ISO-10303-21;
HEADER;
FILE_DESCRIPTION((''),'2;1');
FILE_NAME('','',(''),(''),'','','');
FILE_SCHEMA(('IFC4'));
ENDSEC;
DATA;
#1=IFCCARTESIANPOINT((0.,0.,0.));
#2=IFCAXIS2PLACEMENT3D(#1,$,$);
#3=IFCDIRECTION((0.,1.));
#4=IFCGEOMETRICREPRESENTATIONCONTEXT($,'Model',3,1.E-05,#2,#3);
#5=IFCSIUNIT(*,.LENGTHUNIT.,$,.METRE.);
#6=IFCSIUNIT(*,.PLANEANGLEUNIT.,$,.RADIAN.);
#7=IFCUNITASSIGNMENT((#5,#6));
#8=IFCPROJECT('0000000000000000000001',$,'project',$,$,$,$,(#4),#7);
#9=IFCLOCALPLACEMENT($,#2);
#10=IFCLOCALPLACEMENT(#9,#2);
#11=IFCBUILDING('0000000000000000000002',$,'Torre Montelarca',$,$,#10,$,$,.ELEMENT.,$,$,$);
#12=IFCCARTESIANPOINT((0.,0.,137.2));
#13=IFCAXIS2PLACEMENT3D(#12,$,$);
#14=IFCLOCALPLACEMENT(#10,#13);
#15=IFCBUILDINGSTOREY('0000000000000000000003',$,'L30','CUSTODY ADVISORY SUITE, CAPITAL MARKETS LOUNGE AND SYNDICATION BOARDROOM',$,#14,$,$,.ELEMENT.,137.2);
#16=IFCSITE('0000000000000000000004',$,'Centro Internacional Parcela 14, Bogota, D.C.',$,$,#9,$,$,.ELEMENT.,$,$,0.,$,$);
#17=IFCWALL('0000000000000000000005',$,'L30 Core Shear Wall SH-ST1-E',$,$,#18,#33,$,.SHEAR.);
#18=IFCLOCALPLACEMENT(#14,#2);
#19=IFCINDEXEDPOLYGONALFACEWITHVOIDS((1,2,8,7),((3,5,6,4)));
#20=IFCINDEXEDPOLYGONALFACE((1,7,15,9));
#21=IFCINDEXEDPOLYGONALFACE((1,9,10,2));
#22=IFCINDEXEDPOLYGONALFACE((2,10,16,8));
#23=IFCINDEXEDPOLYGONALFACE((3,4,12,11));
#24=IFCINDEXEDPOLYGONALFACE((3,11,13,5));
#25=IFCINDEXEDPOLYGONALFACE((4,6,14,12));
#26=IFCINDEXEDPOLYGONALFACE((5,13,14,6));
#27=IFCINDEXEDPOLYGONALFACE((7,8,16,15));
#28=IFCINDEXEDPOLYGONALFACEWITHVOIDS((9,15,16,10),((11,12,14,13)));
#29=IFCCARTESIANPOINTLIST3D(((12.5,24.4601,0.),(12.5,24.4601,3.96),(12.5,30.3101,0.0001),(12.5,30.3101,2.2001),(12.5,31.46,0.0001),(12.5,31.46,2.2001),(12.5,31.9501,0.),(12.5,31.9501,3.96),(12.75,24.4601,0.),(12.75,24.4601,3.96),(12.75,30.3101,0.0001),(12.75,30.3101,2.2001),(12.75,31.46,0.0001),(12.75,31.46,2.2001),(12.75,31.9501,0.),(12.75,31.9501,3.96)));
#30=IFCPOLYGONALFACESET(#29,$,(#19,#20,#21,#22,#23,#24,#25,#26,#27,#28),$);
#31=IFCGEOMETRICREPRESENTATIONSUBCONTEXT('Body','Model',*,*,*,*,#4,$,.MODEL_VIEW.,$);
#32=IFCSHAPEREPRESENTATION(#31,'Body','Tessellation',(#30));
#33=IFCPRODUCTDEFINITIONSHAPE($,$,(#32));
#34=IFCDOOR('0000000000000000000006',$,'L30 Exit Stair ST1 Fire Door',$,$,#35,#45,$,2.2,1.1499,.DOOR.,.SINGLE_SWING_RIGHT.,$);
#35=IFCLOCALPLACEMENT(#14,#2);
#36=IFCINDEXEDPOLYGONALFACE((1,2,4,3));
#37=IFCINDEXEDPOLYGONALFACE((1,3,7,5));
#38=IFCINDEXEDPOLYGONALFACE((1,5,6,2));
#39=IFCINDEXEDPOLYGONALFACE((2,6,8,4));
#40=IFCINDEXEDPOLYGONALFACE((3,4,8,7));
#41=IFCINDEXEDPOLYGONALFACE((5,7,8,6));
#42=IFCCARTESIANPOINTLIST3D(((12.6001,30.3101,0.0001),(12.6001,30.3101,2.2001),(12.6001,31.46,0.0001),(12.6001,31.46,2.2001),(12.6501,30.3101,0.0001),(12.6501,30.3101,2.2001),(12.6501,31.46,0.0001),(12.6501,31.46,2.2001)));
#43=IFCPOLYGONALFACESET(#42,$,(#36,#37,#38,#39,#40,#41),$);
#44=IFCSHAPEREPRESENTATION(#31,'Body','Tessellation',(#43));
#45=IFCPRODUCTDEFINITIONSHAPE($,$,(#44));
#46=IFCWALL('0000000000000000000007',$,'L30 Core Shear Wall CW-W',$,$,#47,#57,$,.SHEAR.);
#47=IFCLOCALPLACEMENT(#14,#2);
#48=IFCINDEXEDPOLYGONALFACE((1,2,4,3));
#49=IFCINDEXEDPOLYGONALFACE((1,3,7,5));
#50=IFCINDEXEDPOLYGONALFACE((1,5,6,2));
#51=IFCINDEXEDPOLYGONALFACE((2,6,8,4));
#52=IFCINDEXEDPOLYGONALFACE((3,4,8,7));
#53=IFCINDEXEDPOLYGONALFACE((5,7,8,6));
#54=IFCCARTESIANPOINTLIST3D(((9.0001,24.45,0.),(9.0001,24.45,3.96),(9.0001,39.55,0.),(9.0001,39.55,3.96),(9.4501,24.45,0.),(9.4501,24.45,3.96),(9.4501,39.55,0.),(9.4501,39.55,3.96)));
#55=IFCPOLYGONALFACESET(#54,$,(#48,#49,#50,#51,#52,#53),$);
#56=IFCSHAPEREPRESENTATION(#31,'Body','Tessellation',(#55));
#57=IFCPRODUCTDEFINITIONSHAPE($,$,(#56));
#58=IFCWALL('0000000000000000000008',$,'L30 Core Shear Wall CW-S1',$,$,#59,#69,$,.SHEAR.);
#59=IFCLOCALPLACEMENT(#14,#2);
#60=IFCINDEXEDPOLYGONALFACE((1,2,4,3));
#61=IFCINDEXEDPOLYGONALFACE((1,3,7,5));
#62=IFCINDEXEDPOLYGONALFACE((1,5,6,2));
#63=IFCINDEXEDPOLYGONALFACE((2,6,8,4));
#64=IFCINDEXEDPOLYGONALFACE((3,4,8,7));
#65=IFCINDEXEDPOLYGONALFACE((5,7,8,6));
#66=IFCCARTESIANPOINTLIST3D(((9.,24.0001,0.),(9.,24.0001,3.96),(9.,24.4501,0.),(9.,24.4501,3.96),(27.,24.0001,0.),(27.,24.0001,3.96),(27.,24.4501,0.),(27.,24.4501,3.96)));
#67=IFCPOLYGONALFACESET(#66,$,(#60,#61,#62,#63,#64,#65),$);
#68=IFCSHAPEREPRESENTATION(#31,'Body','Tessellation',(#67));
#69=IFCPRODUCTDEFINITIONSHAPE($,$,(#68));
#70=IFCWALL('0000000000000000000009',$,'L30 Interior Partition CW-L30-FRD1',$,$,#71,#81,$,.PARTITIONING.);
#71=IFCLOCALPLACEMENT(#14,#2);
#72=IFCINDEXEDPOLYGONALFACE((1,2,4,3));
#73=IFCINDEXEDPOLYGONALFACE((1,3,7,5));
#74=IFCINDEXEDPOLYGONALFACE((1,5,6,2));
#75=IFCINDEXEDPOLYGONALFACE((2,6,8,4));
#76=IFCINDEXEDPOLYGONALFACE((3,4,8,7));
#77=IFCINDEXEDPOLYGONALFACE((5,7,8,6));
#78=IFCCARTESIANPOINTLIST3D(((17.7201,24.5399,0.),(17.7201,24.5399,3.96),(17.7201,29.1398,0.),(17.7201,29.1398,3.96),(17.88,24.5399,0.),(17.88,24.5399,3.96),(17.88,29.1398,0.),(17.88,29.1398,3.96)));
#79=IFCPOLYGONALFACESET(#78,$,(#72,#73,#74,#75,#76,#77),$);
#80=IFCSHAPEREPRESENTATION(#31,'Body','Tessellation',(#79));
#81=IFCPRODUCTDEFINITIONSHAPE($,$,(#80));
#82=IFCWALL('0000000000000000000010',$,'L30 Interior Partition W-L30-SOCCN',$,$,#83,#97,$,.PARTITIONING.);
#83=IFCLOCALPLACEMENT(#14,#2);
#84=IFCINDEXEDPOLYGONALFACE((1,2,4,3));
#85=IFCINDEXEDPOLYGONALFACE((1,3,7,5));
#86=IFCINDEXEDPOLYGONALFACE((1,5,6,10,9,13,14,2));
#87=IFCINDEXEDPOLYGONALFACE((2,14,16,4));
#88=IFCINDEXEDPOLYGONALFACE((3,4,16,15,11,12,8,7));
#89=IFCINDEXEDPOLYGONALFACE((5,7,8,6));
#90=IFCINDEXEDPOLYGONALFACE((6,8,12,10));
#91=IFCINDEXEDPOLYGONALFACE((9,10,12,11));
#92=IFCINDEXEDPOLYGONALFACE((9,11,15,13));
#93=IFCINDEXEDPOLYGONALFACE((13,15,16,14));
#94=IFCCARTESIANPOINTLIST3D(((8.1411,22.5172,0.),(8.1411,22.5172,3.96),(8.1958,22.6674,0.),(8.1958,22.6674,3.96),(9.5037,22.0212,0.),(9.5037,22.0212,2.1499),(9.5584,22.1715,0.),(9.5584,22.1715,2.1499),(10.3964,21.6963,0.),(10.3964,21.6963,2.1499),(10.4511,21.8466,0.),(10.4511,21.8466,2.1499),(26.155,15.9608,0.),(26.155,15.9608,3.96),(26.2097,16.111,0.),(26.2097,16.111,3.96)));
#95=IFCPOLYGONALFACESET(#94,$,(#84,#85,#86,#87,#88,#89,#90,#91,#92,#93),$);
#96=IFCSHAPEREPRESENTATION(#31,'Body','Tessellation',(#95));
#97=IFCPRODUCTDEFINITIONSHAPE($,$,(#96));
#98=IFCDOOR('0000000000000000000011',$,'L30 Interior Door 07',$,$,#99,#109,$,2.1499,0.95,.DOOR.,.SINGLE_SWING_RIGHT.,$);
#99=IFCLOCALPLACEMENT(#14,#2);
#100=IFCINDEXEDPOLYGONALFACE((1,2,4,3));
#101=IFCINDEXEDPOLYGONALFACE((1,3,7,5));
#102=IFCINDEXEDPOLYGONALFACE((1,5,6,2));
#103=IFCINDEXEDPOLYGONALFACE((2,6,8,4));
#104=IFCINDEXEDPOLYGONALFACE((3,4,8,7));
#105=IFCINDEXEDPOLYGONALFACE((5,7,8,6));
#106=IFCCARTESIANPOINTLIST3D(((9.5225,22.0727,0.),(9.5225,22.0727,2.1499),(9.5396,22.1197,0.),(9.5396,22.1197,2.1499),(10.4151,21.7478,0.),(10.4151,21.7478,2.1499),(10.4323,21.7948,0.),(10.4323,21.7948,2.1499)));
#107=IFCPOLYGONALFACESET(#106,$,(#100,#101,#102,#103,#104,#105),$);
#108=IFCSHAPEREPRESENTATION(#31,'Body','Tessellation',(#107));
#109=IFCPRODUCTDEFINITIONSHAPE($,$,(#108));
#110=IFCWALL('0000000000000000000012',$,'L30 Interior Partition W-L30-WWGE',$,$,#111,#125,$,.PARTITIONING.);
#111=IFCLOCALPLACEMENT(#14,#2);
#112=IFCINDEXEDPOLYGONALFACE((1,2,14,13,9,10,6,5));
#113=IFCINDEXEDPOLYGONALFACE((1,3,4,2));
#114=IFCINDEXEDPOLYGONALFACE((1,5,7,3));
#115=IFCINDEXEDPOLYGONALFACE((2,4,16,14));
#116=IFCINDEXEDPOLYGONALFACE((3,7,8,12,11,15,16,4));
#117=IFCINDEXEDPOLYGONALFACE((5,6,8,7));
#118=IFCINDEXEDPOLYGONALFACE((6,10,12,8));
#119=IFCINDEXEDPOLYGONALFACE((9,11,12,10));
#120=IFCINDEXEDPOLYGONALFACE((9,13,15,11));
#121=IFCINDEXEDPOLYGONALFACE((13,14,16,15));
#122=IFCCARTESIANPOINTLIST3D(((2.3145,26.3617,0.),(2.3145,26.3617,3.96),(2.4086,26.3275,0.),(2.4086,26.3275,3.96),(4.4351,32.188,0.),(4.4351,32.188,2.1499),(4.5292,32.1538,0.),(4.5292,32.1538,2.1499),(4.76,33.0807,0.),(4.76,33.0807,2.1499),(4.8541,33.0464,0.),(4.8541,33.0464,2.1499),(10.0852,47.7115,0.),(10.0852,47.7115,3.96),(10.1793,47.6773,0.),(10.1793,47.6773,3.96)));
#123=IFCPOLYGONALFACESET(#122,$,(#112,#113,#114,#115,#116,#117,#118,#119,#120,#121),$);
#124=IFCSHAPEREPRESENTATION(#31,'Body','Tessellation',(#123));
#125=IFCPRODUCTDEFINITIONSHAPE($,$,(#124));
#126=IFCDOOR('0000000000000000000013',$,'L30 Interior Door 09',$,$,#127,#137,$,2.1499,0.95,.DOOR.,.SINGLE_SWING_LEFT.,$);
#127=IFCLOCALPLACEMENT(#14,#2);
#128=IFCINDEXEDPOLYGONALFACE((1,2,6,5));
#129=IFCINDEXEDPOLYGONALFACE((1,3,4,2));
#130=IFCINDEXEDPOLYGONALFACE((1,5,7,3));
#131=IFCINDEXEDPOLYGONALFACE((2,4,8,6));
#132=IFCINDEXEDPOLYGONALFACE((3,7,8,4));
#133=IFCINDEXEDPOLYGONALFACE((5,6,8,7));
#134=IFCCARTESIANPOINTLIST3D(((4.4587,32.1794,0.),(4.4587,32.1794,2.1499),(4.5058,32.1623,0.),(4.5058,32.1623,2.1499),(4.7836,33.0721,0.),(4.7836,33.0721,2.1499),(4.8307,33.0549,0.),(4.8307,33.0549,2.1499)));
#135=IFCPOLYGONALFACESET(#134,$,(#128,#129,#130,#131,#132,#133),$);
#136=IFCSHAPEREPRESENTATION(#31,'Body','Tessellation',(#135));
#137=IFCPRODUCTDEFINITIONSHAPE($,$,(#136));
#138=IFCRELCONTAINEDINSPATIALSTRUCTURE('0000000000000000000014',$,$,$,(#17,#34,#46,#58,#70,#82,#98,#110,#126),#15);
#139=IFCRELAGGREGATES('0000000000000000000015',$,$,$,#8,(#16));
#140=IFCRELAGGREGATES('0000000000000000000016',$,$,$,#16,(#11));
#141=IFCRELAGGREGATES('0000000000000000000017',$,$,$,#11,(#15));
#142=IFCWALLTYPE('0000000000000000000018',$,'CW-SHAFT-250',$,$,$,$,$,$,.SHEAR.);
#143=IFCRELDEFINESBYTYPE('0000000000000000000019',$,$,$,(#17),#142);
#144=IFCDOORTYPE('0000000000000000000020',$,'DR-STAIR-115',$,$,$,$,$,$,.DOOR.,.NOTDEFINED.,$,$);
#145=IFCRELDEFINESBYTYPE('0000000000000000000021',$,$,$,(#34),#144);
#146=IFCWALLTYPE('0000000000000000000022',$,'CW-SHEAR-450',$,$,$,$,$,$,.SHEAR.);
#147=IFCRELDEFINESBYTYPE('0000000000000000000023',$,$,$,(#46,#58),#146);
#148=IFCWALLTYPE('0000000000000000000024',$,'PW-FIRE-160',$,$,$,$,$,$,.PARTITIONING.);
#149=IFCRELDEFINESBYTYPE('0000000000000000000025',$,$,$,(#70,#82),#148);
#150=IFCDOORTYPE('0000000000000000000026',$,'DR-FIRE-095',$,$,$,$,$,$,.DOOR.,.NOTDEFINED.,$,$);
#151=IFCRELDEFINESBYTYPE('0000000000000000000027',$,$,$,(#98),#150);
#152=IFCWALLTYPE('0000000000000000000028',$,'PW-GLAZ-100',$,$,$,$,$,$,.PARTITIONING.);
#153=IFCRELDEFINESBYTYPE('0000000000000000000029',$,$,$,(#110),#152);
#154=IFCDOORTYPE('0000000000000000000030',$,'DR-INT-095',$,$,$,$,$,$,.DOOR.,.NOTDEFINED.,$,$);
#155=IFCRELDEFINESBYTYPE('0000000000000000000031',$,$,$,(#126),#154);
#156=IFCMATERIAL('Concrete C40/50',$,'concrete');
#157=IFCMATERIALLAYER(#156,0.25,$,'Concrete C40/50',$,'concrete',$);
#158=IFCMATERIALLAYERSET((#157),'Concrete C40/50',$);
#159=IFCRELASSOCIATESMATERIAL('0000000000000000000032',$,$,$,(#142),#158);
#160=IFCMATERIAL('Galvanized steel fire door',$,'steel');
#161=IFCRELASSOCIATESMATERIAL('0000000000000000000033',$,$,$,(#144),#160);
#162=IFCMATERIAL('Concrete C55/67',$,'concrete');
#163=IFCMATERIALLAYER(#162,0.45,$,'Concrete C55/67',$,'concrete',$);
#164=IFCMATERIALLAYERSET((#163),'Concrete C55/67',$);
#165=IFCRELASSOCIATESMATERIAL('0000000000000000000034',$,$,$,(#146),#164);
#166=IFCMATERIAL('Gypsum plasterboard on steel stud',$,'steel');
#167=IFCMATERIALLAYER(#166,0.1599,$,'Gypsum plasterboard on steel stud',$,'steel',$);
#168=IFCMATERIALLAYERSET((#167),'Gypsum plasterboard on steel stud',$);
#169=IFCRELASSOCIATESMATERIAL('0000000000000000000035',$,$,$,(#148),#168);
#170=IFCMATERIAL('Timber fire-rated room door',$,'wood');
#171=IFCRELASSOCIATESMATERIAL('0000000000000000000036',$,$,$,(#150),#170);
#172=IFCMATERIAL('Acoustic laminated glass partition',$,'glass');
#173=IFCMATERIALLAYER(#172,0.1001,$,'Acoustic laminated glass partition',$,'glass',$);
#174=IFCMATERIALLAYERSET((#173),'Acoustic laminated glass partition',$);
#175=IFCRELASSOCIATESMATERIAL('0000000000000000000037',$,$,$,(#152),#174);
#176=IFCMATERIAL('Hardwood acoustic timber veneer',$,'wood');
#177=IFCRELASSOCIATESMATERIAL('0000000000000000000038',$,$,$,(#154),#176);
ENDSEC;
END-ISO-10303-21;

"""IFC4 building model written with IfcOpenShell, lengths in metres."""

from ifc_helpers import new_model, si_unit, direction, frame, frame_2d, origin, place, context, subcontext, project, spatial, rectangle, extrude, source, transform, mapped, material, layer, layer_set, type_object, element, fill, save


model = new_model("IFC4")

# Units and contexts
model_context = context("Model", 3, precision=1e-05, world=origin(), true_north=direction((0.0, 1.0)))
body_context = subcontext(model_context, "Body", "Model", "MODEL_VIEW")
ifc_project = project(units=[si_unit("LENGTHUNIT", "METRE"), si_unit("PLANEANGLEUNIT", "RADIAN")], contexts=[model_context])

# Site, building, storey
site_placement = place(None, origin())
site = spatial("IfcSite", under=ifc_project, at=site_placement, Name="Centro Internacional Parcela 14, Bogota, D.C.", CompositionType="ELEMENT", RefElevation=0.0)
building_placement = place(site_placement, origin())
building = spatial("IfcBuilding", under=site, at=building_placement, Name="Torre Montelarca", CompositionType="ELEMENT")
storey_placement = place(building_placement, frame((0.0, 0.0, 137.2)))
storey = spatial("IfcBuildingStorey", under=building, at=storey_placement, Name="L30", Description="CUSTODY ADVISORY SUITE, CAPITAL MARKETS LOUNGE AND SYNDICATION BOARDROOM", CompositionType="ELEMENT", Elevation=137.2)

# Shared definitions
ifc_material_1 = material(Name="Concrete C55/67", Category="concrete")

# Wall, opening, door
ifc_material_2 = material(Name="Concrete C40/50", Category="concrete")
ifc_layer_1 = layer(ifc_material_2, 0.25, Name="Concrete C40/50", Category="concrete")
ifc_layer_set_1 = layer_set([ifc_layer_1], Name="Concrete C40/50")
wall_type_1 = type_object("IfcWallType", Name="CW-SHAFT-250", PredefinedType="SHEAR", material=ifc_layer_set_1)
wall_1_placement = place(storey_placement, frame((12.625, 24.46, 0.0), z_axis=(0.0, 0.0, 1.0), x_axis=(0.0, 1.0, 0.0)))
wall_1 = element("IfcWall", 1, at=wall_1_placement, inside=storey, type_object=wall_type_1, Name="L30 Core Shear Wall SH-ST1-E", PredefinedType="SHEAR", context=body_context, shape_type="SweptSolid", body=[
    extrude(rectangle(XDim=7.49, YDim=0.25, at=frame_2d((3.7451, 0.0))), origin(), (0.0, 0.0, 1.0), 3.96),
])
opening_1_placement = place(wall_1_placement, frame((5.8501, 0.0, 0.0)))
opening_1 = element("IfcOpeningElement", 2, at=opening_1_placement, cuts=wall_1, PredefinedType="OPENING", context=body_context, shape_type="SweptSolid", body=[
    extrude(rectangle(XDim=1.1499, YDim=2.2, at=frame_2d((0.575, 1.1001))), frame((0.0, 0.135, 0.0), z_axis=(0.0, -1.0, 0.0), x_axis=(1.0, 0.0, 0.0)), (0.0, 0.0, 1.0), 0.27),
])
ifc_material_3 = material(Name="Galvanized steel fire door", Category="steel")
door_type_1 = type_object("IfcDoorType", Name="DR-STAIR-115", OperationType="NOTDEFINED", PredefinedType="DOOR", material=ifc_material_3)
shared_shape_1 = source(origin(), body_context, "Body", "SweptSolid", [
    extrude(rectangle(XDim=1.1499, YDim=2.2, at=frame_2d((0.575, 1.1001))), frame((0.0, 0.0249, 0.0), z_axis=(0.0, -1.0, 0.0), x_axis=(1.0, 0.0, 0.0)), (0.0, 0.0, 1.0), 0.05),
])
door_1_placement = place(opening_1_placement, origin())
door_1 = element("IfcDoor", 3, at=door_1_placement, inside=storey, type_object=door_type_1, Name="L30 Exit Stair ST1 Fire Door", OperationType="SINGLE_SWING_RIGHT", OverallHeight=2.2, OverallWidth=1.1499, PredefinedType="DOOR", context=body_context, shape_type="MappedRepresentation", body=[
    mapped(shared_shape_1, transform((0.0, 0.0, 0.0), scale=1.0)),
])
fill(opening_1, door_1)

# Walls
ifc_layer_2 = layer(ifc_material_1, 0.45, Name="Concrete C55/67", Category="concrete")
ifc_layer_set_2 = layer_set([ifc_layer_2], Name="Concrete C55/67")
wall_type_2 = type_object("IfcWallType", Name="CW-SHEAR-450", PredefinedType="SHEAR", material=ifc_layer_set_2)
wall_2_placement = place(storey_placement, frame((9.2251, 24.45, 0.0), z_axis=(0.0, 0.0, 1.0), x_axis=(0.0, 1.0, 0.0)))
element("IfcWall", 4, at=wall_2_placement, inside=storey, type_object=wall_type_2, Name="L30 Core Shear Wall CW-W", PredefinedType="SHEAR", context=body_context, shape_type="SweptSolid", body=[
    extrude(rectangle(XDim=15.1001, YDim=0.45, at=frame_2d((7.55, 0.0))), origin(), (0.0, 0.0, 1.0), 3.96),
])
wall_3_placement = place(storey_placement, frame((9.0, 24.2251, 0.0), z_axis=(0.0, 0.0, 1.0), x_axis=(1.0, 0.0, 0.0)))
element("IfcWall", 5, at=wall_3_placement, inside=storey, type_object=wall_type_2, Name="L30 Core Shear Wall CW-S1", PredefinedType="SHEAR", context=body_context, shape_type="SweptSolid", body=[
    extrude(rectangle(XDim=18.0, YDim=0.45, at=frame_2d((9.0, 0.0))), origin(), (0.0, 0.0, 1.0), 3.96),
])
ifc_material_4 = material(Name="Gypsum plasterboard on steel stud", Category="steel")
ifc_layer_3 = layer(ifc_material_4, 0.1599, Name="Gypsum plasterboard on steel stud", Category="steel")
ifc_layer_set_3 = layer_set([ifc_layer_3], Name="Gypsum plasterboard on steel stud")
wall_type_3 = type_object("IfcWallType", Name="PW-FIRE-160", PredefinedType="PARTITIONING", material=ifc_layer_set_3)
wall_4_placement = place(storey_placement, frame((17.8, 24.54, 0.0), z_axis=(0.0, 0.0, 1.0), x_axis=(0.0, 1.0, 0.0)))
element("IfcWall", 6, at=wall_4_placement, inside=storey, type_object=wall_type_3, Name="L30 Interior Partition CW-L30-FRD1", PredefinedType="PARTITIONING", context=body_context, shape_type="SweptSolid", body=[
    extrude(rectangle(XDim=4.5999, YDim=0.1599, at=frame_2d((2.2998, 0.0))), origin(), (0.0, 0.0, 1.0), 3.96),
])

# Walls, openings, doors
wall_5_placement = place(storey_placement, frame((8.1685, 22.5923, 0.0), z_axis=(0.0, 0.0, 1.0), x_axis=(0.939695, -0.342014, 0.0)))
wall_5 = element("IfcWall", 7, at=wall_5_placement, inside=storey, type_object=wall_type_3, Name="L30 Interior Partition W-L30-SOCCN", PredefinedType="PARTITIONING", context=body_context, shape_type="SweptSolid", body=[
    extrude(rectangle(XDim=19.1699, YDim=0.1599, at=frame_2d((9.585, 0.0))), origin(), (0.0, 0.0, 1.0), 3.96),
])
opening_2_placement = place(wall_5_placement, frame((1.45, 0.0, 0.0)))
opening_2 = element("IfcOpeningElement", 8, at=opening_2_placement, cuts=wall_5, PredefinedType="OPENING", context=body_context, shape_type="SweptSolid", body=[
    extrude(rectangle(XDim=0.95, YDim=2.1499, at=frame_2d((0.4751, 1.075))), frame((0.0, 0.0898, 0.0), z_axis=(0.0, -1.0, 0.0), x_axis=(1.0, 0.0, 0.0)), (0.0, 0.0, 1.0), 0.1799),
])
ifc_material_5 = material(Name="Timber fire-rated room door", Category="wood")
door_type_2 = type_object("IfcDoorType", Name="DR-FIRE-095", OperationType="NOTDEFINED", PredefinedType="DOOR", material=ifc_material_5)
shared_shape_2 = source(origin(), body_context, "Body", "SweptSolid", [
    extrude(rectangle(XDim=0.95, YDim=2.1499, at=frame_2d((0.4751, 1.075))), frame((0.0, 0.0249, 0.0), z_axis=(0.0, -1.0, 0.0), x_axis=(1.0, 0.0, 0.0)), (0.0, 0.0, 1.0), 0.05),
])
door_2_placement = place(opening_2_placement, origin())
door_2 = element("IfcDoor", 9, at=door_2_placement, inside=storey, type_object=door_type_2, Name="L30 Interior Door 07", OperationType="SINGLE_SWING_RIGHT", OverallHeight=2.1499, OverallWidth=0.95, PredefinedType="DOOR", context=body_context, shape_type="MappedRepresentation", body=[
    mapped(shared_shape_2, transform((0.0, 0.0, 0.0), scale=1.0)),
])
fill(opening_2, door_2)
ifc_material_6 = material(Name="Acoustic laminated glass partition", Category="glass")
ifc_layer_4 = layer(ifc_material_6, 0.1001, Name="Acoustic laminated glass partition", Category="glass")
ifc_layer_set_4 = layer_set([ifc_layer_4], Name="Acoustic laminated glass partition")
wall_type_4 = type_object("IfcWallType", Name="PW-GLAZ-100", PredefinedType="PARTITIONING", material=ifc_layer_set_4)
wall_6_placement = place(storey_placement, frame((2.3616, 26.3447, 0.0), z_axis=(0.0, 0.0, 1.0), x_axis=(0.342022, 0.939692, 0.0)))
wall_6 = element("IfcWall", 10, at=wall_6_placement, inside=storey, type_object=wall_type_4, Name="L30 Interior Partition W-L30-WWGE", PredefinedType="PARTITIONING", context=body_context, shape_type="SweptSolid", body=[
    extrude(rectangle(XDim=22.72, YDim=0.1001, at=frame_2d((11.3599, 0.0))), origin(), (0.0, 0.0, 1.0), 3.96),
])
opening_3_placement = place(wall_6_placement, frame((6.2, 0.0, 0.0)))
opening_3 = element("IfcOpeningElement", 11, at=opening_3_placement, cuts=wall_6, PredefinedType="OPENING", context=body_context, shape_type="SweptSolid", body=[
    extrude(rectangle(XDim=0.95, YDim=2.1499, at=frame_2d((0.4751, 1.075))), frame((0.0, 0.0601, 0.0), z_axis=(0.0, -1.0, 0.0), x_axis=(1.0, 0.0, 0.0)), (0.0, 0.0, 1.0), 0.1201),
])
ifc_material_7 = material(Name="Hardwood acoustic timber veneer", Category="wood")
door_type_3 = type_object("IfcDoorType", Name="DR-INT-095", OperationType="NOTDEFINED", PredefinedType="DOOR", material=ifc_material_7)
shared_shape_3 = source(origin(), body_context, "Body", "SweptSolid", [
    extrude(rectangle(XDim=0.95, YDim=2.1499, at=frame_2d((0.4751, 1.075))), frame((0.0, 0.0249, 0.0), z_axis=(0.0, -1.0, 0.0), x_axis=(1.0, 0.0, 0.0)), (0.0, 0.0, 1.0), 0.05),
])
door_3_placement = place(opening_3_placement, origin())
door_3 = element("IfcDoor", 12, at=door_3_placement, inside=storey, type_object=door_type_3, Name="L30 Interior Door 09", OperationType="SINGLE_SWING_LEFT", OverallHeight=2.1499, OverallWidth=0.95, PredefinedType="DOOR", context=body_context, shape_type="MappedRepresentation", body=[
    mapped(shared_shape_3, transform((0.0, 0.0, 0.0), scale=1.0)),
])
fill(opening_3, door_3)

save(model, "model.ifc")
